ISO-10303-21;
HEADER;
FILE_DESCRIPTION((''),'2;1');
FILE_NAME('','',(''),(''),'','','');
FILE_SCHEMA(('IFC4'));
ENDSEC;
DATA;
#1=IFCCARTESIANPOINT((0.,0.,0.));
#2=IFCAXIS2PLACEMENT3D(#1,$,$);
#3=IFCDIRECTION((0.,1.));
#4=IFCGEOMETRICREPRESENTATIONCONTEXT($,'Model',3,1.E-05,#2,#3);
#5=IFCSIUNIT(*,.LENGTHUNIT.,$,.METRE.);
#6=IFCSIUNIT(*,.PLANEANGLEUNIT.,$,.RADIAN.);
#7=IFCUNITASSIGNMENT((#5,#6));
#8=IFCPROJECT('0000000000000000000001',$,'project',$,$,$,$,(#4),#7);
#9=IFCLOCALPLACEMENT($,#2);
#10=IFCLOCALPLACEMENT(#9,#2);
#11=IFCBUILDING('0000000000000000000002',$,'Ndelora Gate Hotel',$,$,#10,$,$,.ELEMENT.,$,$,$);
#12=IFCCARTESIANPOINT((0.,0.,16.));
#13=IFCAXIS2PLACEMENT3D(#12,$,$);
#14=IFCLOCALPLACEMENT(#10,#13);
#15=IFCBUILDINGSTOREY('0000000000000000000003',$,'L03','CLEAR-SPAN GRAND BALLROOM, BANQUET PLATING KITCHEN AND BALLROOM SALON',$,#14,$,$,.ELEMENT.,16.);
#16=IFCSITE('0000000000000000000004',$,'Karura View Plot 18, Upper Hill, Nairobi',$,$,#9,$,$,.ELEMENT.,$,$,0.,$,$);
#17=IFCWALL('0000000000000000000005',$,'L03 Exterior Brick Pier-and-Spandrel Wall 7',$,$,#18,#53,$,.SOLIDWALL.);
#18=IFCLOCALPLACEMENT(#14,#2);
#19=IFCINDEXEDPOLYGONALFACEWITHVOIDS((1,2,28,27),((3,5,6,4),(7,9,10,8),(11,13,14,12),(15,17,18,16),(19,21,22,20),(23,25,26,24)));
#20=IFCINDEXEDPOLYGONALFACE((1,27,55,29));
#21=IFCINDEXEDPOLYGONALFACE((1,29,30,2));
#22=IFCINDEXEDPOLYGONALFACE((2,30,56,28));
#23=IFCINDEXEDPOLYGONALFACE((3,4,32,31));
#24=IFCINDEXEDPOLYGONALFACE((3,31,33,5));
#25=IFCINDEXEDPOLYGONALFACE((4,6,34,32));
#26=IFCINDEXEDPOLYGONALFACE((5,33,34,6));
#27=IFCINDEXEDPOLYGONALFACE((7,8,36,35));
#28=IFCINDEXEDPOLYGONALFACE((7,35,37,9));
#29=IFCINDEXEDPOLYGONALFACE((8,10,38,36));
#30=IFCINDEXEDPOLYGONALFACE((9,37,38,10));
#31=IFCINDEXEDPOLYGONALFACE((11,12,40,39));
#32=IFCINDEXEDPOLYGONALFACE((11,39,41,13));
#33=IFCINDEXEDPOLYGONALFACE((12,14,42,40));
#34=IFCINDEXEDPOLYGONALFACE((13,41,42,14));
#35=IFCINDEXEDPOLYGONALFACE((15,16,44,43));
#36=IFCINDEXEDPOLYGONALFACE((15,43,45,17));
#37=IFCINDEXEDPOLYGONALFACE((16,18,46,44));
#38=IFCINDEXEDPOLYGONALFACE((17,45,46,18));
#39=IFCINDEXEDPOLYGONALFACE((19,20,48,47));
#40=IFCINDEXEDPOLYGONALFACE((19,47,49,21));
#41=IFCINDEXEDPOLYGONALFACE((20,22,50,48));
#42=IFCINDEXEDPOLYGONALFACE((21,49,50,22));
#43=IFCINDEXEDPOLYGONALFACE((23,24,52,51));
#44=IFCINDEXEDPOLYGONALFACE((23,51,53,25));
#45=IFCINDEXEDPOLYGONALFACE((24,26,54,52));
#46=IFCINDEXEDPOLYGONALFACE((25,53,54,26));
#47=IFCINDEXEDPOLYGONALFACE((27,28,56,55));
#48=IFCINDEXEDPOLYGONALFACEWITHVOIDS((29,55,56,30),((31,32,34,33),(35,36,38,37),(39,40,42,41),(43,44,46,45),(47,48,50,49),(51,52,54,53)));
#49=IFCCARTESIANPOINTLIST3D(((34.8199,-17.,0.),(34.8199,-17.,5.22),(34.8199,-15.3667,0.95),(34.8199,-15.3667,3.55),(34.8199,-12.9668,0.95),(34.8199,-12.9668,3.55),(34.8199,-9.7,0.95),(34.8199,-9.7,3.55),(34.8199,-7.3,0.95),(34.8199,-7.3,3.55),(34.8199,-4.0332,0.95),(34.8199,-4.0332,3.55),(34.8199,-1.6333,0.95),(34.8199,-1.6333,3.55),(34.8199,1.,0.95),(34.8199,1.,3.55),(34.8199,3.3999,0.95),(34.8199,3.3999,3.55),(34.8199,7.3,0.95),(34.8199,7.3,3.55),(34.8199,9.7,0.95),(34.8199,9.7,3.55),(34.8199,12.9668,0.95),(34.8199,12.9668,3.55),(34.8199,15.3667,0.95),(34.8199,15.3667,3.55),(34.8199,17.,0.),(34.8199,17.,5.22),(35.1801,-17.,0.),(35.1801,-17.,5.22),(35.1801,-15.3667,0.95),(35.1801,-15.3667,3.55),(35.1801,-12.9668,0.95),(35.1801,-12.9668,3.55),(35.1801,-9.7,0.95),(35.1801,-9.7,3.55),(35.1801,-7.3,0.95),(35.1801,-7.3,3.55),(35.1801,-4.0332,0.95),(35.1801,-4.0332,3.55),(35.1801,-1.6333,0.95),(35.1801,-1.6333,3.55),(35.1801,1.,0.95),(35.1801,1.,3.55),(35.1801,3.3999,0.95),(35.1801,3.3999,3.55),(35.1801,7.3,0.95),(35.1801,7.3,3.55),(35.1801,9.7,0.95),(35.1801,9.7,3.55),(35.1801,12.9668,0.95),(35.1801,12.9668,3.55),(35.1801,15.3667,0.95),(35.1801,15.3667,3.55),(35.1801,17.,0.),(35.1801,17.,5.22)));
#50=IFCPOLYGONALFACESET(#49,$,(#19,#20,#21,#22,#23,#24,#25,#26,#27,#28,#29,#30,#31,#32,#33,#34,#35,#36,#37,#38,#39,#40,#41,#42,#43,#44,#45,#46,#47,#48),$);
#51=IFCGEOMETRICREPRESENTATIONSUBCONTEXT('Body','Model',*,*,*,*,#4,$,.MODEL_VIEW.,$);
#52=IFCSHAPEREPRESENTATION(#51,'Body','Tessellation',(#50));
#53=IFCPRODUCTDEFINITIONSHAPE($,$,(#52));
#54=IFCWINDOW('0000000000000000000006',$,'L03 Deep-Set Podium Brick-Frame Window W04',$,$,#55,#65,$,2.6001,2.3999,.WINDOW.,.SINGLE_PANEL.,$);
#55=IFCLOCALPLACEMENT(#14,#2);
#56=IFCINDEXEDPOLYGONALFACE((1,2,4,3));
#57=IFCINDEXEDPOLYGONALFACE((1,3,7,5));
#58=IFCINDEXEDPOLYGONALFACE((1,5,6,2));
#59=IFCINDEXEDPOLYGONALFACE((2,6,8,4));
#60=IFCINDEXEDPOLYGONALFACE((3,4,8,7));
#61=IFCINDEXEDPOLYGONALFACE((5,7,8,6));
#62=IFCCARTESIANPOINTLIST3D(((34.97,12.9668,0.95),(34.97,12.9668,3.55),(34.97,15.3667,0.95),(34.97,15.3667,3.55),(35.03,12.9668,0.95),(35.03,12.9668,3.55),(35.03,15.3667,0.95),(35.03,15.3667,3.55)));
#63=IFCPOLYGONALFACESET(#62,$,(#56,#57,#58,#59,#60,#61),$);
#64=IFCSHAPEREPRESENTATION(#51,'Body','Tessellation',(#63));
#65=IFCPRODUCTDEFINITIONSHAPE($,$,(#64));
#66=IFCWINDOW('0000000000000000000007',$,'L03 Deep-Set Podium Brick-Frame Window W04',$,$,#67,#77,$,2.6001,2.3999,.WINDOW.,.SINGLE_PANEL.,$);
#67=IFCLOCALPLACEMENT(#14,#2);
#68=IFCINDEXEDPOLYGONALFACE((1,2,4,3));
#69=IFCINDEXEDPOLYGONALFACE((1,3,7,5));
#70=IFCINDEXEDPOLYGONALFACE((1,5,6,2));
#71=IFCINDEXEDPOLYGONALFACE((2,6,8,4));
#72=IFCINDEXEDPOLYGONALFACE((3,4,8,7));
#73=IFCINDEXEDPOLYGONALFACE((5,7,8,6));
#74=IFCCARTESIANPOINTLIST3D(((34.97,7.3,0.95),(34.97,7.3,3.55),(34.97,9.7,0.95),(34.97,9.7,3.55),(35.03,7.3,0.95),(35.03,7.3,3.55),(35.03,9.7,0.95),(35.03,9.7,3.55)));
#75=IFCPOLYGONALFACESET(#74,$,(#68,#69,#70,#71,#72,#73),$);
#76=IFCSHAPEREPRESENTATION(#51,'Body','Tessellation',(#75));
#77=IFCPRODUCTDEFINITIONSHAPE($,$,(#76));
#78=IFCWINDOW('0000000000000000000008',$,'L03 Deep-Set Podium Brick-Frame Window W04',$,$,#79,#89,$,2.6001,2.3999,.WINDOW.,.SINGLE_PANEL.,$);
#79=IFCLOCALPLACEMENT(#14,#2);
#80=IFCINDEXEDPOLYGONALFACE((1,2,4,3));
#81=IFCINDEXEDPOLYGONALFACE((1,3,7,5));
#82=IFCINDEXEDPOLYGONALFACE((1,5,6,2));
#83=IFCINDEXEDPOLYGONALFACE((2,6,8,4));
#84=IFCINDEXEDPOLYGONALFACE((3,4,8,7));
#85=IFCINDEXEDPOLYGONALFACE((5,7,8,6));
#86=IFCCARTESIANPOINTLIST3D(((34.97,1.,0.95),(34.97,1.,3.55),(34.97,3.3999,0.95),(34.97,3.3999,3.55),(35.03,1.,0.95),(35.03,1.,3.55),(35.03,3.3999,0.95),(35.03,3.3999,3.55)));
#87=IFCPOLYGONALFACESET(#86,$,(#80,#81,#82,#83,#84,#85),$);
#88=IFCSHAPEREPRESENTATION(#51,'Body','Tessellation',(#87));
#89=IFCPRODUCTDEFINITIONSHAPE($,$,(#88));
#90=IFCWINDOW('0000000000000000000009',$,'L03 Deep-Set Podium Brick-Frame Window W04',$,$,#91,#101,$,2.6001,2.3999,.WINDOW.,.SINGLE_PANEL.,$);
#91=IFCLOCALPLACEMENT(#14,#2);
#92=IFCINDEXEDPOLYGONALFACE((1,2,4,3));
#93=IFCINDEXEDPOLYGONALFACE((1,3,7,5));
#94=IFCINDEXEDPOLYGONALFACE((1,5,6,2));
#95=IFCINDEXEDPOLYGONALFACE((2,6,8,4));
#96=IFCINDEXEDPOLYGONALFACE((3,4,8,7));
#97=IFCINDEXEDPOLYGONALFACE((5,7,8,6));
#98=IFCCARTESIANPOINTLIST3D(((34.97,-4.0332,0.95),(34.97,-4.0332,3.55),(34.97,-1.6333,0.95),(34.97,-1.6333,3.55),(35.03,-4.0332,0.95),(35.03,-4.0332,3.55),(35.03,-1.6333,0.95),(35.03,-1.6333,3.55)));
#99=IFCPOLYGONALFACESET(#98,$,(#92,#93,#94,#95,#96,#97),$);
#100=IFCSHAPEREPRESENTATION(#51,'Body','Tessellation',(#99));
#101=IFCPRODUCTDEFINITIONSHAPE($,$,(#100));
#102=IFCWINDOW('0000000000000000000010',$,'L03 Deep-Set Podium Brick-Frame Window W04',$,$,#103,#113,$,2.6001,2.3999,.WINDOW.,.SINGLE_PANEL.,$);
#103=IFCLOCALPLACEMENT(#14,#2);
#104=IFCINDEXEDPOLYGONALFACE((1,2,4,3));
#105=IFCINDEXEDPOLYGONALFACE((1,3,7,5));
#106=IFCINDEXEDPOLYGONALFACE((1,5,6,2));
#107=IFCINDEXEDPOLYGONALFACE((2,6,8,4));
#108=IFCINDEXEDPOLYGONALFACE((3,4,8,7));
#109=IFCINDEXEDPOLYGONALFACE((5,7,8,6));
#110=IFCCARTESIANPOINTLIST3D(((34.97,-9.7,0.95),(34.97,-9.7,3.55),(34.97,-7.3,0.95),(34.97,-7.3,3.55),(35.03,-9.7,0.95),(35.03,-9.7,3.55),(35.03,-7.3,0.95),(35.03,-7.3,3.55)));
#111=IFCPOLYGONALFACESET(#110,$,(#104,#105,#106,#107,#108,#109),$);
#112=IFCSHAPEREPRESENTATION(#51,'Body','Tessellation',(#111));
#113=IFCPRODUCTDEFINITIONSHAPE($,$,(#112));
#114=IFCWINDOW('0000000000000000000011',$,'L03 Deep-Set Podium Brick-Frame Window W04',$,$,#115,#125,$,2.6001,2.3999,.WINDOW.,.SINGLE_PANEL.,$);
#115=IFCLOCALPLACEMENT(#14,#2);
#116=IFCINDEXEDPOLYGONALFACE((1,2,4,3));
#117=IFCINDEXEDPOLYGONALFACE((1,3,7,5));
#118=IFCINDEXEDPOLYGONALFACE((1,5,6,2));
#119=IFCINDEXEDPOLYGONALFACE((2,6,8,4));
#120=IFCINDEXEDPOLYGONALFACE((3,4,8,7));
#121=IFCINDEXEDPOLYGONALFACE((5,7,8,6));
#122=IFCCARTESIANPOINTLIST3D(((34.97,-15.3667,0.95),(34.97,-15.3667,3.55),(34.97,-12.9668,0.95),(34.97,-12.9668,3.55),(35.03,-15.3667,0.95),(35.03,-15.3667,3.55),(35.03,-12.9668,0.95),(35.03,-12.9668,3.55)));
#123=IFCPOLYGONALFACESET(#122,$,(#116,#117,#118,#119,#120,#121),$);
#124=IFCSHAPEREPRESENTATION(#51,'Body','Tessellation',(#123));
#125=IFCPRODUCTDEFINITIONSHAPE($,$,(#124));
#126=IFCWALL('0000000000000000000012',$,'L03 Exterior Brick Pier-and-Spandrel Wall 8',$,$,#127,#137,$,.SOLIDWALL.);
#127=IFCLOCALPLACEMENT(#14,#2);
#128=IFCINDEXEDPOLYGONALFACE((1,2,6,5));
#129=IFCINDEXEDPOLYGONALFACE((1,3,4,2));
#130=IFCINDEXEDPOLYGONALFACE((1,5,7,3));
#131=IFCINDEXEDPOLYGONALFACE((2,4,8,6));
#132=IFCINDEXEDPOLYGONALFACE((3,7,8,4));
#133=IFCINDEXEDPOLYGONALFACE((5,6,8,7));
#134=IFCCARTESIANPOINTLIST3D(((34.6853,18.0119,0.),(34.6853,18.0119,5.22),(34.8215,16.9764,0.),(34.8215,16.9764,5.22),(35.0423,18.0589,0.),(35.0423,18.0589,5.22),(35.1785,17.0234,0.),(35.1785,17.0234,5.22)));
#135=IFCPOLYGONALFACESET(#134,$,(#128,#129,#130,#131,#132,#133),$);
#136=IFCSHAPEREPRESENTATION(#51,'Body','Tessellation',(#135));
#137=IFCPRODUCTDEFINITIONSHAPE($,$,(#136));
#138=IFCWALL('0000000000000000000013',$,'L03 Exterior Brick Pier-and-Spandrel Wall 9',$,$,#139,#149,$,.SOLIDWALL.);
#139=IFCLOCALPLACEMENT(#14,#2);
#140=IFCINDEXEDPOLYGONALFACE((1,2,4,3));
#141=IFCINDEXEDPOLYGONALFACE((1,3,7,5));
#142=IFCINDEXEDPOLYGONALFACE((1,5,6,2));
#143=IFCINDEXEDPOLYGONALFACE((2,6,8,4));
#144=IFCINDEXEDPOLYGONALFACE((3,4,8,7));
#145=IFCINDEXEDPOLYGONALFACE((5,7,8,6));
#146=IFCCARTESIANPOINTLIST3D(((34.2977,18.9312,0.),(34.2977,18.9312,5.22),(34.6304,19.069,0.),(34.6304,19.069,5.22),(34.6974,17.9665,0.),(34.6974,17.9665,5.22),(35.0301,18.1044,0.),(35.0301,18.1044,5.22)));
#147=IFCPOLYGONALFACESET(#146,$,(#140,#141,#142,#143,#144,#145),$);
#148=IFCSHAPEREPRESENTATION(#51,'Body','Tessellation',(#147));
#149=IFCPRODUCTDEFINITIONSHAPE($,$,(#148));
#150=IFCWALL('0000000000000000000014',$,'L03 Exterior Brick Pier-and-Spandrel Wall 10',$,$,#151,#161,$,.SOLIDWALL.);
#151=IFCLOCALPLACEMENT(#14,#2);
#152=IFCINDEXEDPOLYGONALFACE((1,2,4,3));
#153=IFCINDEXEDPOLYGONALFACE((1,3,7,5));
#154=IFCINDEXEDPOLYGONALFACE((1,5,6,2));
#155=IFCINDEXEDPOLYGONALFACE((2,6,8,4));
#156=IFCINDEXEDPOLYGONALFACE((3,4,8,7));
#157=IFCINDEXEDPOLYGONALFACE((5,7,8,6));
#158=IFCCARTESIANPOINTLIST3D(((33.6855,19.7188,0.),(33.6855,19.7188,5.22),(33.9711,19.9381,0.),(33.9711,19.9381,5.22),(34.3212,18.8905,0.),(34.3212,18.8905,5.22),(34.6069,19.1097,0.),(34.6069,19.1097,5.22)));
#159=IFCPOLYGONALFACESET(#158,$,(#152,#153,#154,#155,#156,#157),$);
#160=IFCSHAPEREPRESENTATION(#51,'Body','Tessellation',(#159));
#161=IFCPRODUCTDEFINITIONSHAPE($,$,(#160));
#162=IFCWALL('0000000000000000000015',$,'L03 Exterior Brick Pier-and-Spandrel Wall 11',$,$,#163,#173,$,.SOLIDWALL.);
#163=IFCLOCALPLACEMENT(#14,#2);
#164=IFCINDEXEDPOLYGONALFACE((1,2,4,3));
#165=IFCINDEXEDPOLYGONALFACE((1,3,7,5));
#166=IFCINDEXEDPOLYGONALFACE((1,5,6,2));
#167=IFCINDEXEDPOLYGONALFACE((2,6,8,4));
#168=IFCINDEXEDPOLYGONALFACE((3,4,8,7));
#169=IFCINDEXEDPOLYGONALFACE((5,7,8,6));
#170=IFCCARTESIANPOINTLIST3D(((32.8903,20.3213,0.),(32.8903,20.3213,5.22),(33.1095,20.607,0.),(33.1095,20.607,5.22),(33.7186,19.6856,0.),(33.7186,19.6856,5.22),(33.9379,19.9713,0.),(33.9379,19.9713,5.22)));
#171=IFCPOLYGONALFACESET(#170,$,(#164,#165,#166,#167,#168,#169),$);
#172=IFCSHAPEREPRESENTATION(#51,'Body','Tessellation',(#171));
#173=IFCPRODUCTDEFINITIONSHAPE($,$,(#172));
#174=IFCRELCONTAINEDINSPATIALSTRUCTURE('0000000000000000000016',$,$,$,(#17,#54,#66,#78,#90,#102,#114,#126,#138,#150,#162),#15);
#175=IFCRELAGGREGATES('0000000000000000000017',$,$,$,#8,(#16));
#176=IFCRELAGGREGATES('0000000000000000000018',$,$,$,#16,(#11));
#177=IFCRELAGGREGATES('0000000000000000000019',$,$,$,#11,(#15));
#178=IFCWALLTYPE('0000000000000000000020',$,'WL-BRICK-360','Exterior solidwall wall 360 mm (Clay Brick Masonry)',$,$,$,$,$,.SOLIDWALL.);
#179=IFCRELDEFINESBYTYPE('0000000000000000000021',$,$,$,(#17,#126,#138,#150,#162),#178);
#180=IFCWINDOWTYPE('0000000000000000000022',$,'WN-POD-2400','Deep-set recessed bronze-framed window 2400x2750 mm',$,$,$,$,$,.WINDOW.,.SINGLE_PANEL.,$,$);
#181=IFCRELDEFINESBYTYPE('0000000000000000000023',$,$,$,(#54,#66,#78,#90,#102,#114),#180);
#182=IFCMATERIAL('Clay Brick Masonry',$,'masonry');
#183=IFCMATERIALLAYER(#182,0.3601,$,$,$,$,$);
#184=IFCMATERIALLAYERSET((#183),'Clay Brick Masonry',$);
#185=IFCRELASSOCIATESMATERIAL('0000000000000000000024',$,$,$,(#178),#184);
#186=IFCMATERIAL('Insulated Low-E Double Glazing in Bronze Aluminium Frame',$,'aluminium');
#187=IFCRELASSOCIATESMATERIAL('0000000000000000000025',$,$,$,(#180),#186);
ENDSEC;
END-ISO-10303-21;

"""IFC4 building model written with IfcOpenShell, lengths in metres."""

from ifc_helpers import new_model, si_unit, direction, frame, frame_2d, origin, place, context, subcontext, project, spatial, rectangle, extrude, material, layer, layer_set, type_object, element, fill, save


model = new_model("IFC4")

# Units and contexts
model_context = context("Model", 3, precision=1e-05, world=origin(), true_north=direction((0.0, 1.0)))
body_context = subcontext(model_context, "Body", "Model", "MODEL_VIEW")
ifc_project = project(units=[si_unit("LENGTHUNIT", "METRE"), si_unit("PLANEANGLEUNIT", "RADIAN")], contexts=[model_context])

# Site, building, storey
site_placement = place(None, origin())
site = spatial("IfcSite", under=ifc_project, at=site_placement, Name="Karura View Plot 18, Upper Hill, Nairobi", CompositionType="ELEMENT", RefElevation=0.0)
building_placement = place(site_placement, origin())
building = spatial("IfcBuilding", under=site, at=building_placement, Name="Ndelora Gate Hotel", CompositionType="ELEMENT")
storey_placement = place(building_placement, frame((0.0, 0.0, 16.0)))
storey = spatial("IfcBuildingStorey", under=building, at=storey_placement, Name="L03", Description="CLEAR-SPAN GRAND BALLROOM, BANQUET PLATING KITCHEN AND BALLROOM SALON", CompositionType="ELEMENT", Elevation=16.0)

# Wall, openings, windows
ifc_material_1 = material(Name="Clay Brick Masonry", Category="masonry")
ifc_layer_1 = layer(ifc_material_1, 0.3601)
ifc_layer_set_1 = layer_set([ifc_layer_1], Name="Clay Brick Masonry")
wall_type_1 = type_object("IfcWallType", Name="WL-BRICK-360", Description="Exterior solidwall wall 360 mm (Clay Brick Masonry)", PredefinedType="SOLIDWALL", material=ifc_layer_set_1)
wall_1_placement = place(storey_placement, frame((35.0, 17.0, 0.0), z_axis=(0.0, 0.0, 1.0), x_axis=(0.0, -1.0, 0.0)))
wall_1 = element("IfcWall", 1, at=wall_1_placement, inside=storey, type_object=wall_type_1, Name="L03 Exterior Brick Pier-and-Spandrel Wall 7", PredefinedType="SOLIDWALL", context=body_context, shape_type="SweptSolid", body=[
    extrude(rectangle(XDim=34.0, YDim=0.3601, at=frame_2d((17.0, 0.0))), origin(), (0.0, 0.0, 1.0), 5.22),
])
opening_1_placement = place(wall_1_placement, frame((1.6333, 0.0, 0.95)))
opening_1 = element("IfcOpeningElement", 2, at=opening_1_placement, cuts=wall_1, PredefinedType="OPENING", context=body_context, shape_type="SweptSolid", body=[
    extrude(rectangle(XDim=2.3999, YDim=2.6001, at=frame_2d((1.2, 1.3))), frame((0.0, 0.1899, 0.0), z_axis=(0.0, -1.0, 0.0), x_axis=(1.0, 0.0, 0.0)), (0.0, 0.0, 1.0), 0.3801),
])
opening_2_placement = place(wall_1_placement, frame((7.3, 0.0, 0.95)))
opening_2 = element("IfcOpeningElement", 3, at=opening_2_placement, cuts=wall_1, PredefinedType="OPENING", context=body_context, shape_type="SweptSolid", body=[
    extrude(rectangle(XDim=2.3999, YDim=2.6001, at=frame_2d((1.2, 1.3))), frame((0.0, 0.1899, 0.0), z_axis=(0.0, -1.0, 0.0), x_axis=(1.0, 0.0, 0.0)), (0.0, 0.0, 1.0), 0.3801),
])
opening_3_placement = place(wall_1_placement, frame((13.6001, 0.0, 0.95)))
opening_3 = element("IfcOpeningElement", 4, at=opening_3_placement, cuts=wall_1, PredefinedType="OPENING", context=body_context, shape_type="SweptSolid", body=[
    extrude(rectangle(XDim=2.3999, YDim=2.6001, at=frame_2d((1.2, 1.3))), frame((0.0, 0.1899, 0.0), z_axis=(0.0, -1.0, 0.0), x_axis=(1.0, 0.0, 0.0)), (0.0, 0.0, 1.0), 0.3801),
])
opening_4_placement = place(wall_1_placement, frame((18.6333, 0.0, 0.95)))
opening_4 = element("IfcOpeningElement", 5, at=opening_4_placement, cuts=wall_1, PredefinedType="OPENING", context=body_context, shape_type="SweptSolid", body=[
    extrude(rectangle(XDim=2.3999, YDim=2.6001, at=frame_2d((1.2, 1.3))), frame((0.0, 0.1899, 0.0), z_axis=(0.0, -1.0, 0.0), x_axis=(1.0, 0.0, 0.0)), (0.0, 0.0, 1.0), 0.3801),
])
opening_5_placement = place(wall_1_placement, frame((24.3, 0.0, 0.95)))
opening_5 = element("IfcOpeningElement", 6, at=opening_5_placement, cuts=wall_1, PredefinedType="OPENING", context=body_context, shape_type="SweptSolid", body=[
    extrude(rectangle(XDim=2.3999, YDim=2.6001, at=frame_2d((1.2, 1.3))), frame((0.0, 0.1899, 0.0), z_axis=(0.0, -1.0, 0.0), x_axis=(1.0, 0.0, 0.0)), (0.0, 0.0, 1.0), 0.3801),
])
opening_6_placement = place(wall_1_placement, frame((29.9668, 0.0, 0.95)))
opening_6 = element("IfcOpeningElement", 7, at=opening_6_placement, cuts=wall_1, PredefinedType="OPENING", context=body_context, shape_type="SweptSolid", body=[
    extrude(rectangle(XDim=2.3999, YDim=2.6001, at=frame_2d((1.2, 1.3))), frame((0.0, 0.1899, 0.0), z_axis=(0.0, -1.0, 0.0), x_axis=(1.0, 0.0, 0.0)), (0.0, 0.0, 1.0), 0.3801),
])
ifc_material_2 = material(Name="Insulated Low-E Double Glazing in Bronze Aluminium Frame", Category="aluminium")
window_type = type_object("IfcWindowType", Name="WN-POD-2400", Description="Deep-set recessed bronze-framed window 2400x2750 mm", PartitioningType="SINGLE_PANEL", PredefinedType="WINDOW", material=ifc_material_2)
window_1_placement = place(opening_1_placement, origin())
window_1 = element("IfcWindow", 8, at=window_1_placement, inside=storey, type_object=window_type, Name="L03 Deep-Set Podium Brick-Frame Window W04", OverallHeight=2.6001, OverallWidth=2.3999, PartitioningType="SINGLE_PANEL", PredefinedType="WINDOW", context=body_context, shape_type="SweptSolid", body=[
    extrude(rectangle(XDim=2.3999, YDim=2.6001, at=frame_2d((1.2, 1.3))), frame((0.0, 0.03, 0.0), z_axis=(0.0, -1.0, 0.0), x_axis=(1.0, 0.0, 0.0)), (0.0, 0.0, 1.0), 0.0601),
])
fill(opening_1, window_1)
window_2_placement = place(opening_2_placement, origin())
window_2 = element("IfcWindow", 9, at=window_2_placement, inside=storey, type_object=window_type, Name="L03 Deep-Set Podium Brick-Frame Window W04", OverallHeight=2.6001, OverallWidth=2.3999, PartitioningType="SINGLE_PANEL", PredefinedType="WINDOW", context=body_context, shape_type="SweptSolid", body=[
    extrude(rectangle(XDim=2.3999, YDim=2.6001, at=frame_2d((1.2, 1.3))), frame((0.0, 0.03, 0.0), z_axis=(0.0, -1.0, 0.0), x_axis=(1.0, 0.0, 0.0)), (0.0, 0.0, 1.0), 0.0601),
])
fill(opening_2, window_2)
window_3_placement = place(opening_3_placement, origin())
window_3 = element("IfcWindow", 10, at=window_3_placement, inside=storey, type_object=window_type, Name="L03 Deep-Set Podium Brick-Frame Window W04", OverallHeight=2.6001, OverallWidth=2.3999, PartitioningType="SINGLE_PANEL", PredefinedType="WINDOW", context=body_context, shape_type="SweptSolid", body=[
    extrude(rectangle(XDim=2.3999, YDim=2.6001, at=frame_2d((1.2, 1.3))), frame((0.0, 0.03, 0.0), z_axis=(0.0, -1.0, 0.0), x_axis=(1.0, 0.0, 0.0)), (0.0, 0.0, 1.0), 0.0601),
])
fill(opening_3, window_3)
window_4_placement = place(opening_4_placement, origin())
window_4 = element("IfcWindow", 11, at=window_4_placement, inside=storey, type_object=window_type, Name="L03 Deep-Set Podium Brick-Frame Window W04", OverallHeight=2.6001, OverallWidth=2.3999, PartitioningType="SINGLE_PANEL", PredefinedType="WINDOW", context=body_context, shape_type="SweptSolid", body=[
    extrude(rectangle(XDim=2.3999, YDim=2.6001, at=frame_2d((1.2, 1.3))), frame((0.0, 0.03, 0.0), z_axis=(0.0, -1.0, 0.0), x_axis=(1.0, 0.0, 0.0)), (0.0, 0.0, 1.0), 0.0601),
])
fill(opening_4, window_4)
window_5_placement = place(opening_5_placement, origin())
window_5 = element("IfcWindow", 12, at=window_5_placement, inside=storey, type_object=window_type, Name="L03 Deep-Set Podium Brick-Frame Window W04", OverallHeight=2.6001, OverallWidth=2.3999, PartitioningType="SINGLE_PANEL", PredefinedType="WINDOW", context=body_context, shape_type="SweptSolid", body=[
    extrude(rectangle(XDim=2.3999, YDim=2.6001, at=frame_2d((1.2, 1.3))), frame((0.0, 0.03, 0.0), z_axis=(0.0, -1.0, 0.0), x_axis=(1.0, 0.0, 0.0)), (0.0, 0.0, 1.0), 0.0601),
])
fill(opening_5, window_5)
window_6_placement = place(opening_6_placement, origin())
window_6 = element("IfcWindow", 13, at=window_6_placement, inside=storey, type_object=window_type, Name="L03 Deep-Set Podium Brick-Frame Window W04", OverallHeight=2.6001, OverallWidth=2.3999, PartitioningType="SINGLE_PANEL", PredefinedType="WINDOW", context=body_context, shape_type="SweptSolid", body=[
    extrude(rectangle(XDim=2.3999, YDim=2.6001, at=frame_2d((1.2, 1.3))), frame((0.0, 0.03, 0.0), z_axis=(0.0, -1.0, 0.0), x_axis=(1.0, 0.0, 0.0)), (0.0, 0.0, 1.0), 0.0601),
])
fill(opening_6, window_6)

# Walls
wall_2_placement = place(storey_placement, frame((34.8638, 18.0354, 0.0), z_axis=(0.0, 0.0, 1.0), x_axis=(0.130448, -0.991455, 0.0)))
element("IfcWall", 14, at=wall_2_placement, inside=storey, type_object=wall_type_1, Name="L03 Exterior Brick Pier-and-Spandrel Wall 8", PredefinedType="SOLIDWALL", context=body_context, shape_type="SweptSolid", body=[
    extrude(rectangle(XDim=1.0444, YDim=0.3601, at=frame_2d((0.5222, 0.0))), origin(), (0.0, 0.0, 1.0), 5.22),
])
for number, where, z_axis, x_axis, name in (
    (15, (34.4641, 19.0, 0.0), (0.0, 0.0, 1.0), (0.382772, -0.923843, 0.0), "L03 Exterior Brick Pier-and-Spandrel Wall 9"),
    (16, (33.8284, 19.8284, 0.0), (0.0, 0.0, 1.0), (0.608829, -0.793301, 0.0), "L03 Exterior Brick Pier-and-Spandrel Wall 10"),
    (17, (33.0, 20.4641, 0.0), (0.0, 0.0, 1.0), (0.793301, -0.608829, 0.0), "L03 Exterior Brick Pier-and-Spandrel Wall 11"),
):
    element("IfcWall", number, at=place(storey_placement, frame(where, z_axis=z_axis, x_axis=x_axis)), inside=storey, type_object=wall_type_1, Name=name, PredefinedType="SOLIDWALL", context=body_context, shape_type="SweptSolid", body=[
        extrude(rectangle(XDim=1.0442, YDim=0.3601, at=frame_2d((0.522, 0.0))), origin(), (0.0, 0.0, 1.0), 5.22),
    ])

save(model, "model.ifc")
